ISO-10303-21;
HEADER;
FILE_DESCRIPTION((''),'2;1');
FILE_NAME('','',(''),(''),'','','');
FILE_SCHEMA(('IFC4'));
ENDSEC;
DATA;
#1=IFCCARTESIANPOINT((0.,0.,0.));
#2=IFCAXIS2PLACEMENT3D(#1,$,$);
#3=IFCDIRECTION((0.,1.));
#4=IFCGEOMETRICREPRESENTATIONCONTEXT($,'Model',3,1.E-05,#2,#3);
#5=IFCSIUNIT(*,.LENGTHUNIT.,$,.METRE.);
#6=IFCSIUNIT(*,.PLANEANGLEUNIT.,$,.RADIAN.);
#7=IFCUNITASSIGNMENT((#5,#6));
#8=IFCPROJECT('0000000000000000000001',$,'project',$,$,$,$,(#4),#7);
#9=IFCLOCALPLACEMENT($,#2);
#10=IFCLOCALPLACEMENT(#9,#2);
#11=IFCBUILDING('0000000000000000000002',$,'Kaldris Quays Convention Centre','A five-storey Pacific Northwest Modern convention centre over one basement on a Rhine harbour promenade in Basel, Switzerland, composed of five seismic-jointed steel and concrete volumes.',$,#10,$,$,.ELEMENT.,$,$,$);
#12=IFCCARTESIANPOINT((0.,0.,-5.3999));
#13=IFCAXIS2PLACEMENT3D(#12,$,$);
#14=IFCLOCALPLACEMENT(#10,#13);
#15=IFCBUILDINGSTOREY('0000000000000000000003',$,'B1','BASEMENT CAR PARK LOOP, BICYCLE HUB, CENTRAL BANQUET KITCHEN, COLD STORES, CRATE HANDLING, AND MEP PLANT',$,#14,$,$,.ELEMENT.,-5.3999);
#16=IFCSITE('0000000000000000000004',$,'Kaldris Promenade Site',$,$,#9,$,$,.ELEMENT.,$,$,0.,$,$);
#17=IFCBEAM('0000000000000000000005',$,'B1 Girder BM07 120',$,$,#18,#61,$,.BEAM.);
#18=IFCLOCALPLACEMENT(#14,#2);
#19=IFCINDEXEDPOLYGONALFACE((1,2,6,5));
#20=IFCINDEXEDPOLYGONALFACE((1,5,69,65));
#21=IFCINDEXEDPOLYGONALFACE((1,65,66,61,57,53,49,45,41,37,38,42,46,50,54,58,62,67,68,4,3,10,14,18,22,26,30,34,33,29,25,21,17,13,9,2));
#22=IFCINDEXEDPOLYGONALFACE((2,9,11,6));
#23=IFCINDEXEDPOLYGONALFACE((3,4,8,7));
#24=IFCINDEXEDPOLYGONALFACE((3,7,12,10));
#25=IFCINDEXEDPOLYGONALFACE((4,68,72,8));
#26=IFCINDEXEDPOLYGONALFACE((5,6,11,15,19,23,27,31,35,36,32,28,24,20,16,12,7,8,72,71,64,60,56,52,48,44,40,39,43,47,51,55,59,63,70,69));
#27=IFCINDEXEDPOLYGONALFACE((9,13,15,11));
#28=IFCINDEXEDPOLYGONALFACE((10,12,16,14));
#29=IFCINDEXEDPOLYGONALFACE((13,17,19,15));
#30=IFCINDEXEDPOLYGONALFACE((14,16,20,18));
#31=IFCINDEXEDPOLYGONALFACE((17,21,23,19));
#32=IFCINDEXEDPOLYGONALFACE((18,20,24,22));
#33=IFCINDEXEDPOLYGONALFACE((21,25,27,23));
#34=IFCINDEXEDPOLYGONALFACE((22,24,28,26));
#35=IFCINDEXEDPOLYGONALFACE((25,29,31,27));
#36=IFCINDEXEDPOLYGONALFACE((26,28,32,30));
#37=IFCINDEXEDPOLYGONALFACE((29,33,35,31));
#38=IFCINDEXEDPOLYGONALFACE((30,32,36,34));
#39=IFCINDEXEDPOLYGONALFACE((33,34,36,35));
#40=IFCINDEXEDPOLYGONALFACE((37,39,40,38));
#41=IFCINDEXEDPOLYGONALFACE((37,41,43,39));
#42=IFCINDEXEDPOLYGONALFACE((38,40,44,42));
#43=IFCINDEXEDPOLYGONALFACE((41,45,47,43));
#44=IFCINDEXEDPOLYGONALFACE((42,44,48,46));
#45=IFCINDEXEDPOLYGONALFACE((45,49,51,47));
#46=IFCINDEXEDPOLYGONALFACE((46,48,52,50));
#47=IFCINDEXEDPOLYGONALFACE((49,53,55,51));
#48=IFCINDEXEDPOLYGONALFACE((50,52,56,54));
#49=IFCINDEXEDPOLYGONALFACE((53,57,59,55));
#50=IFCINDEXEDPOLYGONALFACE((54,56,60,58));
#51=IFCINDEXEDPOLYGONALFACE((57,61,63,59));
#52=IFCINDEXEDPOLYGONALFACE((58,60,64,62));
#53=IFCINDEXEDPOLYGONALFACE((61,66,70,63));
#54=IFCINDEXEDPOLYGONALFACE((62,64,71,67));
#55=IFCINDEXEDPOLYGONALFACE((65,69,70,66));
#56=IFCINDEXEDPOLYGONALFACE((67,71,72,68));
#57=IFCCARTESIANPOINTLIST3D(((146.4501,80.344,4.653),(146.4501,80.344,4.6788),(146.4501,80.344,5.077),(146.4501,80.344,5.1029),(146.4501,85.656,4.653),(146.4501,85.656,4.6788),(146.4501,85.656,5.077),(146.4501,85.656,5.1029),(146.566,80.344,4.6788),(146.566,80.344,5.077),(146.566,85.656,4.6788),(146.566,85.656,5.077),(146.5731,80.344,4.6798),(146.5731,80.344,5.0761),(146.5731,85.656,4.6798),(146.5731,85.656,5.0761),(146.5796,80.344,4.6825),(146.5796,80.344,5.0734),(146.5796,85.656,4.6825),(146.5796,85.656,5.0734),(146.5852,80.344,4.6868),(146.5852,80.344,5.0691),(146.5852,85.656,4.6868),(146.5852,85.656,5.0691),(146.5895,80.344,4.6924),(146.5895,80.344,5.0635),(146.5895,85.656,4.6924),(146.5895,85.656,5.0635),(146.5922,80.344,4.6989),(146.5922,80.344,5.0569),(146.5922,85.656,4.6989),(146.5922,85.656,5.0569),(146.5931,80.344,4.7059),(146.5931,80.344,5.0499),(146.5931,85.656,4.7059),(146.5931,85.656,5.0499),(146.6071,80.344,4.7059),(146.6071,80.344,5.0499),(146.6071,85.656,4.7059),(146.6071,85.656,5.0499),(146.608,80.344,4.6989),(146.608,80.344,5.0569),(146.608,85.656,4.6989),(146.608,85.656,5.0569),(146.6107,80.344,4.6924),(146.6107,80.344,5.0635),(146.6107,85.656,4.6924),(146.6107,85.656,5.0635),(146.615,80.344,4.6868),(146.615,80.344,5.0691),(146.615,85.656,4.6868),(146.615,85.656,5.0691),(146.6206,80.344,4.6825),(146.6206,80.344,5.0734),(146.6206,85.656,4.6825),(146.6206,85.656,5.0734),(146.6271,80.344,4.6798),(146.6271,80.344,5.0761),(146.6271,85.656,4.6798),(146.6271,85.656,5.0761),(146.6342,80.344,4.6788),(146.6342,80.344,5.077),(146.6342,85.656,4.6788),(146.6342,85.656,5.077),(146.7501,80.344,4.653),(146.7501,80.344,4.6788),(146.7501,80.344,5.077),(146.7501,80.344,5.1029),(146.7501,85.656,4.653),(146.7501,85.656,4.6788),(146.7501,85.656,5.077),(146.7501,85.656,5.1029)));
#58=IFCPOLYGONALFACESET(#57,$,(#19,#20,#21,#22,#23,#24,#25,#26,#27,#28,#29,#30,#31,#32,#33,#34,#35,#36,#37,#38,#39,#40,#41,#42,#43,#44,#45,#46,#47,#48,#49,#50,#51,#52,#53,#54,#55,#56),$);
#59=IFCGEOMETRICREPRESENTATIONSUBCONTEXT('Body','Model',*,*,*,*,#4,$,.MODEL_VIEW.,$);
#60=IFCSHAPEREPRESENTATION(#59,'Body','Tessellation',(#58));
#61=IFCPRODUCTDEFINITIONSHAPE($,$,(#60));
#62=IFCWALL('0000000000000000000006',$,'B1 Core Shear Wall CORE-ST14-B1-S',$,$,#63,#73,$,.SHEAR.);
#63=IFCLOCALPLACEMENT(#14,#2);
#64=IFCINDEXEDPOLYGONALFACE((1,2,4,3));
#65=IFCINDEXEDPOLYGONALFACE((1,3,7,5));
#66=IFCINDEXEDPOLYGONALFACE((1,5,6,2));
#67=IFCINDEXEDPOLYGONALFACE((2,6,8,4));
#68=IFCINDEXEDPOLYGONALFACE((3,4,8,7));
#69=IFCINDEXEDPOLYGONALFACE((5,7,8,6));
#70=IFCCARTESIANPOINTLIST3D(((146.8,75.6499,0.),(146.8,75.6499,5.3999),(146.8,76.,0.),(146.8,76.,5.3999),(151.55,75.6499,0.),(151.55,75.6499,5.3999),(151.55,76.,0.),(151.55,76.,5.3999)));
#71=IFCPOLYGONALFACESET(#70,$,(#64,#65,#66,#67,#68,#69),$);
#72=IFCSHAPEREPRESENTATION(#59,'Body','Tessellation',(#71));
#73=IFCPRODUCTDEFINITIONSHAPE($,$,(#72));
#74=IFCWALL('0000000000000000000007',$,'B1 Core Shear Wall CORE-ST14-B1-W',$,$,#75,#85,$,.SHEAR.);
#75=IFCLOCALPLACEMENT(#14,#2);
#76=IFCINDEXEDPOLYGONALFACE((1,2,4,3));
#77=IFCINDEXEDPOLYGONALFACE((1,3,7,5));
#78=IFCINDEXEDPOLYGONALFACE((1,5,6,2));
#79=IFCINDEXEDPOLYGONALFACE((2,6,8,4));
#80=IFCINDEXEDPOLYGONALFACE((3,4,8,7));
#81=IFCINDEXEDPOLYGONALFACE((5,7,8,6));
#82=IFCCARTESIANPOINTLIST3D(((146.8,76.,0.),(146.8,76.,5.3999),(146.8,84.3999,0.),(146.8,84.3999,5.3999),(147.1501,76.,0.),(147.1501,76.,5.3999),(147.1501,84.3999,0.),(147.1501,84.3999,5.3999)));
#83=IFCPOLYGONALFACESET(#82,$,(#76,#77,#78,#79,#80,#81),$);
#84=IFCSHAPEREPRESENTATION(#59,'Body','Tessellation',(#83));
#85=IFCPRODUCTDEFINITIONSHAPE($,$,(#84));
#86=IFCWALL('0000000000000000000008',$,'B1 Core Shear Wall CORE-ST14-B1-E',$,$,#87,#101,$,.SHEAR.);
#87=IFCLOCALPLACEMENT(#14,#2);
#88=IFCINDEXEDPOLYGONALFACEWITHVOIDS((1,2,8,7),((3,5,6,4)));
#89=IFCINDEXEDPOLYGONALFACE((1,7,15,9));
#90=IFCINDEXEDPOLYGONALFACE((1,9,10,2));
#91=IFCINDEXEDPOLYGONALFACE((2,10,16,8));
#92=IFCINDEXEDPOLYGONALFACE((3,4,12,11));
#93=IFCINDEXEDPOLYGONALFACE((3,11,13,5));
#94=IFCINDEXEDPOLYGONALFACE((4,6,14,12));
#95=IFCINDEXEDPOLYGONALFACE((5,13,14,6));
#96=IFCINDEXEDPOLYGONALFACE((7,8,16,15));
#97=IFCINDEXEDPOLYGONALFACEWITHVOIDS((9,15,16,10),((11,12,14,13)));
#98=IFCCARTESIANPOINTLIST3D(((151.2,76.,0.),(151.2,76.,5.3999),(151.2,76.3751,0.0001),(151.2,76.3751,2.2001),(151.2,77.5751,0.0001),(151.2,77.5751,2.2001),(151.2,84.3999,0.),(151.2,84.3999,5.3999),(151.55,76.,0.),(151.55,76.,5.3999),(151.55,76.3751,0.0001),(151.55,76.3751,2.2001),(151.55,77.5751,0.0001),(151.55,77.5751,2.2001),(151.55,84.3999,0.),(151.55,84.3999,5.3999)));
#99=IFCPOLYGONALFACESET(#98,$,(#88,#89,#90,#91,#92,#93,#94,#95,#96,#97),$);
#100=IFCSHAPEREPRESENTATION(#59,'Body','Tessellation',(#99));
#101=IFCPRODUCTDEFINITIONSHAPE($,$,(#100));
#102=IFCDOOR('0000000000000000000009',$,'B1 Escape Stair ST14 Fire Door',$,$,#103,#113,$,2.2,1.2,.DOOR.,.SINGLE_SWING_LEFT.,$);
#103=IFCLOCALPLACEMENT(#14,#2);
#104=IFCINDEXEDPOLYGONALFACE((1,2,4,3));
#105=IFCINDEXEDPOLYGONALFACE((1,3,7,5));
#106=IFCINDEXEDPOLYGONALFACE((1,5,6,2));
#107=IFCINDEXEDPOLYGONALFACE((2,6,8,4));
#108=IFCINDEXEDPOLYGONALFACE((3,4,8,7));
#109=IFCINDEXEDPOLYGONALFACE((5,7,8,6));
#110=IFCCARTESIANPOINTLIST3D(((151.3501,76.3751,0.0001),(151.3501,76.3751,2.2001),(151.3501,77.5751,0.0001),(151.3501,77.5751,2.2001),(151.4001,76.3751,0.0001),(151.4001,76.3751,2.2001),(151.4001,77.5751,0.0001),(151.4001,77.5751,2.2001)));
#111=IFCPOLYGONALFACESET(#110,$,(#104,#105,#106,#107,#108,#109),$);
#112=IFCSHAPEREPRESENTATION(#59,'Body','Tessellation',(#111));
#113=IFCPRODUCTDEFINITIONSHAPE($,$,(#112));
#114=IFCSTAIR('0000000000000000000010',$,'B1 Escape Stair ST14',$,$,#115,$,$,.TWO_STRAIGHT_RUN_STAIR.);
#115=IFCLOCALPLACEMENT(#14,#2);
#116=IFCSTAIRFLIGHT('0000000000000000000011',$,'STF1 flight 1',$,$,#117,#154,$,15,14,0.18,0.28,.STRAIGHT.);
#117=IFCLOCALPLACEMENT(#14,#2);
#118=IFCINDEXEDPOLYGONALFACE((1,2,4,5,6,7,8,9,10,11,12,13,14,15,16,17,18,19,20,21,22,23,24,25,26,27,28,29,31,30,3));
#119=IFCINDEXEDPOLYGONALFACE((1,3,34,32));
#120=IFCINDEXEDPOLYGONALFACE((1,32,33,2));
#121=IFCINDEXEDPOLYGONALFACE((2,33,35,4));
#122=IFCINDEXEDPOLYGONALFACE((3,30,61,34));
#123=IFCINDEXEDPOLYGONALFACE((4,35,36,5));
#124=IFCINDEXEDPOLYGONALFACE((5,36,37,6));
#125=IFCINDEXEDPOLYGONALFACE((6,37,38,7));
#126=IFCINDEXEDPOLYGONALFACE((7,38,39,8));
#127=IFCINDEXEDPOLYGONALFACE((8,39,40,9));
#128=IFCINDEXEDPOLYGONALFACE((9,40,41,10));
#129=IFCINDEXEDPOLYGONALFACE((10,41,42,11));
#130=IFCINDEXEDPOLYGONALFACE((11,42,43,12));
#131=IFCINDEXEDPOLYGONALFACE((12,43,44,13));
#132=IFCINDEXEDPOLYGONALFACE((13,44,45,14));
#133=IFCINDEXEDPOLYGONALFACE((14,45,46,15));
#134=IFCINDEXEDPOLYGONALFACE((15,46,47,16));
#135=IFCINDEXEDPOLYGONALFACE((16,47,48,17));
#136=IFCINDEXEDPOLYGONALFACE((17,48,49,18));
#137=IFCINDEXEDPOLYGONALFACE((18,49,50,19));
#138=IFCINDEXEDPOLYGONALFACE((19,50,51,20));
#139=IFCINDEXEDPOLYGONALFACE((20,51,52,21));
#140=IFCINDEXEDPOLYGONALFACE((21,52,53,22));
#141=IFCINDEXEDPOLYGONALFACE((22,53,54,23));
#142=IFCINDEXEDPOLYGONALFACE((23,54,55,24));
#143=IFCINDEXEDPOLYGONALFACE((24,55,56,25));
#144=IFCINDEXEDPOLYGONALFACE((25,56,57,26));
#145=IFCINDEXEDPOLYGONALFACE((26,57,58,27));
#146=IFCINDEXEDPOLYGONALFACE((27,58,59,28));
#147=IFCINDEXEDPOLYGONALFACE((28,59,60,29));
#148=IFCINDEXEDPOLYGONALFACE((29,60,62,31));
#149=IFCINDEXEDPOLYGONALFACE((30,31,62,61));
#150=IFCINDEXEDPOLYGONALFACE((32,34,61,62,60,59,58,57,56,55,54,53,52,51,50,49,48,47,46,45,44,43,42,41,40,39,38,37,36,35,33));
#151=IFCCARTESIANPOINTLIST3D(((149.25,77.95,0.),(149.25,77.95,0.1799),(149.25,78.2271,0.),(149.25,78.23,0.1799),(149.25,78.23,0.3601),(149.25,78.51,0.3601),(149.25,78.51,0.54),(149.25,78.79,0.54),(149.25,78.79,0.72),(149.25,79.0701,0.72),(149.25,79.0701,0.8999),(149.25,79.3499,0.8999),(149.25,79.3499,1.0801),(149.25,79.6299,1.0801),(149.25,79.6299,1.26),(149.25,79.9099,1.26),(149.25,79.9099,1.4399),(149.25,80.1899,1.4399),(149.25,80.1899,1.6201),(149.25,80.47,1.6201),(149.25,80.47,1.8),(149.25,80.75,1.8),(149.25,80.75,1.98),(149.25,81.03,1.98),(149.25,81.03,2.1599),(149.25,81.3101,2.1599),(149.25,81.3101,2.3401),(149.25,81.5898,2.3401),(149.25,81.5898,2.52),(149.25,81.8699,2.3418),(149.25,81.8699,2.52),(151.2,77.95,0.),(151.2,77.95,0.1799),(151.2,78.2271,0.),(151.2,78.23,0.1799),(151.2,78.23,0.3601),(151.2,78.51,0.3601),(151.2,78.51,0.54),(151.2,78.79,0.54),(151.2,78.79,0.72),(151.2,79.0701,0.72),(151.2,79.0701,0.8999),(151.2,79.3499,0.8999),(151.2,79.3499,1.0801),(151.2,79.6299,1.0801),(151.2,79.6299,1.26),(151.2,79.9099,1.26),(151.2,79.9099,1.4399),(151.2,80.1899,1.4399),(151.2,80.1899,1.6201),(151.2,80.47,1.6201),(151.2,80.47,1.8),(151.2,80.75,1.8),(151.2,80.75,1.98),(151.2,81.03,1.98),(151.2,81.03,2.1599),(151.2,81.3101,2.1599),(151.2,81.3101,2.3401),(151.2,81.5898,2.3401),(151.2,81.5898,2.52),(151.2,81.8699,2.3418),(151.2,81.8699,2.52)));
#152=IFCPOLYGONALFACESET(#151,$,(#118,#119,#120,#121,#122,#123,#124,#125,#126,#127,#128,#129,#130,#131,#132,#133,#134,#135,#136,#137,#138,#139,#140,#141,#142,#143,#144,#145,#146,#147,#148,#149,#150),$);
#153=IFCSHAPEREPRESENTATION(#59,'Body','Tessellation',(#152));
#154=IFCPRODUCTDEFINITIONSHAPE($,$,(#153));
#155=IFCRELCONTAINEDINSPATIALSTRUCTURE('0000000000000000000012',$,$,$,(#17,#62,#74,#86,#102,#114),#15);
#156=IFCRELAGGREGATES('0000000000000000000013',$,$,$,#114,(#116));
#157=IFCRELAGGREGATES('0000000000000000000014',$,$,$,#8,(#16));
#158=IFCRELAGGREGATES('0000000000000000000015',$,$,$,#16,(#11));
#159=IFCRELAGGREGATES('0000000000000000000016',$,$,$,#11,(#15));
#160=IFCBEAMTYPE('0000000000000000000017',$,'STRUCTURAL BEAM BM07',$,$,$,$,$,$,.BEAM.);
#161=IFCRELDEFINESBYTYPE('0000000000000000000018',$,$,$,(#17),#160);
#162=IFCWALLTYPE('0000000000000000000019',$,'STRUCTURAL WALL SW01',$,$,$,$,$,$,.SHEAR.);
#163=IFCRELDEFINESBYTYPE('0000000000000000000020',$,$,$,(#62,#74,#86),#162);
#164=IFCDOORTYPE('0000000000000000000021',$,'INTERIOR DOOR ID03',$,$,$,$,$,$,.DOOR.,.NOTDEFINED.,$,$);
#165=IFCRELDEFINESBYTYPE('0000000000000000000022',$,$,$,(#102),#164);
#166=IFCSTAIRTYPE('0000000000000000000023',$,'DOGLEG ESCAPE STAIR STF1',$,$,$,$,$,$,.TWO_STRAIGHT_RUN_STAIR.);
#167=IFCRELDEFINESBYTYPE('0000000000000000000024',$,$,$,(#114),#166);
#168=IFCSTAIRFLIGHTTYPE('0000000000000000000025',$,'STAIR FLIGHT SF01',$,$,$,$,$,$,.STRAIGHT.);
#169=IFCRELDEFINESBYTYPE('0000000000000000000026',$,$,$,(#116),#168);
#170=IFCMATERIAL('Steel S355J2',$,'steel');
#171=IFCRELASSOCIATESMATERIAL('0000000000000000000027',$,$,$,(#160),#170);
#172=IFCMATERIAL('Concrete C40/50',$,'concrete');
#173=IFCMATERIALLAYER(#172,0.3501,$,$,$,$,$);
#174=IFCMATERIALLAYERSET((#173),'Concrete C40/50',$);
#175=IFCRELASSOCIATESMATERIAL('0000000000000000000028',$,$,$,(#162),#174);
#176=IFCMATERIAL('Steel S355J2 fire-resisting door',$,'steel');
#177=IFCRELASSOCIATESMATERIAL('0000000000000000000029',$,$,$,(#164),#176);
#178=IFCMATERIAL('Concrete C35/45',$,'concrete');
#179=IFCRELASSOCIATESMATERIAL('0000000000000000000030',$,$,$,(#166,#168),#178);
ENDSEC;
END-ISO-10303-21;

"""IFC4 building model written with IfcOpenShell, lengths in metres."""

from ifc_helpers import new_model, si_unit, direction, frame, frame_2d, origin, origin_2d, place, context, subcontext, project, spatial, polyline, rectangle, i_section, outline, extrude, material, layer, layer_set, material_profile, profile_set, type_object, element, fill, aggregate, save


model = new_model("IFC4")

# Units and contexts
model_context = context("Model", 3, precision=1e-05, world=origin(), true_north=direction((0.0, 1.0)))
body_context = subcontext(model_context, "Body", "Model", "MODEL_VIEW")
ifc_project = project(units=[si_unit("LENGTHUNIT", "METRE"), si_unit("PLANEANGLEUNIT", "RADIAN")], contexts=[model_context])

# Site, building, storey
site_placement = place(None, origin())
site = spatial("IfcSite", under=ifc_project, at=site_placement, Name="Kaldris Promenade Site", CompositionType="ELEMENT", RefElevation=0.0)
building_placement = place(site_placement, origin())
building = spatial("IfcBuilding", under=site, at=building_placement, Name="Kaldris Quays Convention Centre", Description="A five-storey Pacific Northwest Modern convention centre over one basement on a Rhine harbour promenade in Basel, Switzerland, composed of five seismic-jointed steel and concrete volumes.", CompositionType="ELEMENT")
storey_placement = place(building_placement, frame((0.0, 0.0, -5.3999)))
storey = spatial("IfcBuildingStorey", under=building, at=storey_placement, Name="B1", Description="BASEMENT CAR PARK LOOP, BICYCLE HUB, CENTRAL BANQUET KITCHEN, COLD STORES, CRATE HANDLING, AND MEP PLANT", CompositionType="ELEMENT", Elevation=-5.3999)

# Shared definitions
ifc_material_1 = material(Name="Concrete C35/45", Category="concrete")

# Shared definitions
ifc_material_2 = material(Name="Steel S355J2", Category="steel")

# Beam
ifc_material_profile_1 = material_profile(ifc_material_2, i_section(OverallWidth=0.3, OverallDepth=0.45, WebThickness=0.0139, FlangeThickness=0.0259, FilletRadius=0.0271, at=origin_2d()), Name="HEB 450")
ifc_profile_set_1 = profile_set([ifc_material_profile_1], Name="Steel S355J2")
beam_type_1 = type_object("IfcBeamType", Name="STRUCTURAL BEAM BM07", PredefinedType="BEAM", material=ifc_profile_set_1)
beam_1_placement = place(storey_placement, frame((146.6001, 80.344, 4.8779), z_axis=(0.0, 1.0, 0.0), x_axis=(-1.0, 0.0, 0.0)))
element("IfcBeam", 1, at=beam_1_placement, inside=storey, type_object=beam_type_1, Name="B1 Girder BM07 120", PredefinedType="BEAM", context=body_context, shape_type="SweptSolid", body=[
    extrude(i_section(OverallWidth=0.3, OverallDepth=0.45, WebThickness=0.0139, FlangeThickness=0.0259, FilletRadius=0.0271, at=origin_2d()), origin(), (0.0, 0.0, 1.0), 5.312),
])

# Walls
ifc_material_3 = material(Name="Concrete C40/50", Category="concrete")
ifc_layer = layer(ifc_material_3, 0.3501)
ifc_layer_set = layer_set([ifc_layer], Name="Concrete C40/50")
wall_type = type_object("IfcWallType", Name="STRUCTURAL WALL SW01", PredefinedType="SHEAR", material=ifc_layer_set)
wall_1_placement = place(storey_placement, frame((146.8, 75.825, 0.0), z_axis=(0.0, 0.0, 1.0), x_axis=(1.0, 0.0, 0.0)))
element("IfcWall", 2, at=wall_1_placement, inside=storey, type_object=wall_type, Name="B1 Core Shear Wall CORE-ST14-B1-S", PredefinedType="SHEAR", context=body_context, shape_type="SweptSolid", body=[
    extrude(rectangle(XDim=4.75, YDim=0.3501, at=frame_2d((2.375, 0.0))), origin(), (0.0, 0.0, 1.0), 5.3999),
])
wall_2_placement = place(storey_placement, frame((146.9751, 76.0, 0.0), z_axis=(0.0, 0.0, 1.0), x_axis=(0.0, 1.0, 0.0)))
element("IfcWall", 3, at=wall_2_placement, inside=storey, type_object=wall_type, Name="B1 Core Shear Wall CORE-ST14-B1-W", PredefinedType="SHEAR", context=body_context, shape_type="SweptSolid", body=[
    extrude(rectangle(XDim=8.3999, YDim=0.3501, at=frame_2d((4.2, 0.0))), origin(), (0.0, 0.0, 1.0), 5.3999),
])

# Wall, opening, door
wall_3_placement = place(storey_placement, frame((151.375, 76.0, 0.0), z_axis=(0.0, 0.0, 1.0), x_axis=(0.0, 1.0, 0.0)))
wall_3 = element("IfcWall", 4, at=wall_3_placement, inside=storey, type_object=wall_type, Name="B1 Core Shear Wall CORE-ST14-B1-E", PredefinedType="SHEAR", context=body_context, shape_type="SweptSolid", body=[
    extrude(rectangle(XDim=8.3999, YDim=0.3501, at=frame_2d((4.2, 0.0))), origin(), (0.0, 0.0, 1.0), 5.3999),
])
opening_placement = place(wall_3_placement, frame((0.375, 0.0, 0.0)))
opening = element("IfcOpeningElement", 5, at=opening_placement, cuts=wall_3, PredefinedType="OPENING", context=body_context, shape_type="SweptSolid", body=[
    extrude(rectangle(XDim=1.2, YDim=2.2, at=frame_2d((0.6001, 1.1001))), frame((0.0, 0.1851, 0.0), z_axis=(0.0, -1.0, 0.0), x_axis=(1.0, 0.0, 0.0)), (0.0, 0.0, 1.0), 0.3701),
])
ifc_material_4 = material(Name="Steel S355J2 fire-resisting door", Category="steel")
door_type = type_object("IfcDoorType", Name="INTERIOR DOOR ID03", OperationType="NOTDEFINED", PredefinedType="DOOR", material=ifc_material_4)
door_placement = place(opening_placement, origin())
door = element("IfcDoor", 6, at=door_placement, inside=storey, type_object=door_type, Name="B1 Escape Stair ST14 Fire Door", OperationType="SINGLE_SWING_LEFT", OverallHeight=2.2, OverallWidth=1.2, PredefinedType="DOOR", context=body_context, shape_type="SweptSolid", body=[
    extrude(rectangle(XDim=1.2, YDim=2.2, at=frame_2d((0.6001, 1.1001))), frame((0.0, 0.0249, 0.0), z_axis=(0.0, -1.0, 0.0), x_axis=(1.0, 0.0, 0.0)), (0.0, 0.0, 1.0), 0.05),
])
fill(opening, door)

# Stair, stair flight
stair_type = type_object("IfcStairType", Name="DOGLEG ESCAPE STAIR STF1", PredefinedType="TWO_STRAIGHT_RUN_STAIR", material=ifc_material_1)
stair_placement = place(storey_placement, origin())
stair = element("IfcStair", 7, at=stair_placement, inside=storey, type_object=stair_type, Name="B1 Escape Stair ST14", PredefinedType="TWO_STRAIGHT_RUN_STAIR")
stair_flight_type = type_object("IfcStairFlightType", Name="STAIR FLIGHT SF01", PredefinedType="STRAIGHT", material=ifc_material_1)
stair_flight_1_placement = place(storey_placement, frame((150.2251, 77.95, 0.0), z_axis=(0.0, 0.0, 1.0), x_axis=(0.0, 1.0, 0.0)))
stair_flight_1 = element("IfcStairFlight", 8, at=stair_flight_1_placement, type_object=stair_flight_type, Name="STF1 flight 1", NumberOfRisers=15, NumberOfTreads=14, PredefinedType="STRAIGHT", RiserHeight=0.18, TreadLength=0.28, context=body_context, shape_type="SweptSolid", body=[
    extrude(outline(polyline([(0.0, 0.0), (0.0, 0.1799), (0.28, 0.1799), (0.28, 0.3601), (0.5601, 0.3601), (0.5601, 0.54), (0.8401, 0.54), (0.8401, 0.72), (1.1201, 0.72), (1.1201, 0.8999), (1.3999, 0.8999), (1.3999, 1.0801), (1.6799, 1.0801), (1.6799, 1.26), (1.96, 1.26), (1.96, 1.4399), (2.24, 1.4399), (2.24, 1.6201), (2.52, 1.6201), (2.52, 1.8), (2.8, 1.8), (2.8, 1.98), (3.0801, 1.98), (3.0801, 2.1599), (3.3601, 2.1599), (3.3601, 2.3401), (3.6399, 2.3401), (3.6399, 2.52), (3.9199, 2.52), (3.9199, 2.7), (3.9199, 2.3418), (0.2771, 0.0), (0.0, 0.0)])), frame((0.0, 0.9751, 0.0), z_axis=(0.0, -1.0, 0.0), x_axis=(1.0, 0.0, 0.0)), (0.0, 0.0, 1.0), 1.95),
])
aggregate(stair, [stair_flight_1])

save(model, "model.ifc")
